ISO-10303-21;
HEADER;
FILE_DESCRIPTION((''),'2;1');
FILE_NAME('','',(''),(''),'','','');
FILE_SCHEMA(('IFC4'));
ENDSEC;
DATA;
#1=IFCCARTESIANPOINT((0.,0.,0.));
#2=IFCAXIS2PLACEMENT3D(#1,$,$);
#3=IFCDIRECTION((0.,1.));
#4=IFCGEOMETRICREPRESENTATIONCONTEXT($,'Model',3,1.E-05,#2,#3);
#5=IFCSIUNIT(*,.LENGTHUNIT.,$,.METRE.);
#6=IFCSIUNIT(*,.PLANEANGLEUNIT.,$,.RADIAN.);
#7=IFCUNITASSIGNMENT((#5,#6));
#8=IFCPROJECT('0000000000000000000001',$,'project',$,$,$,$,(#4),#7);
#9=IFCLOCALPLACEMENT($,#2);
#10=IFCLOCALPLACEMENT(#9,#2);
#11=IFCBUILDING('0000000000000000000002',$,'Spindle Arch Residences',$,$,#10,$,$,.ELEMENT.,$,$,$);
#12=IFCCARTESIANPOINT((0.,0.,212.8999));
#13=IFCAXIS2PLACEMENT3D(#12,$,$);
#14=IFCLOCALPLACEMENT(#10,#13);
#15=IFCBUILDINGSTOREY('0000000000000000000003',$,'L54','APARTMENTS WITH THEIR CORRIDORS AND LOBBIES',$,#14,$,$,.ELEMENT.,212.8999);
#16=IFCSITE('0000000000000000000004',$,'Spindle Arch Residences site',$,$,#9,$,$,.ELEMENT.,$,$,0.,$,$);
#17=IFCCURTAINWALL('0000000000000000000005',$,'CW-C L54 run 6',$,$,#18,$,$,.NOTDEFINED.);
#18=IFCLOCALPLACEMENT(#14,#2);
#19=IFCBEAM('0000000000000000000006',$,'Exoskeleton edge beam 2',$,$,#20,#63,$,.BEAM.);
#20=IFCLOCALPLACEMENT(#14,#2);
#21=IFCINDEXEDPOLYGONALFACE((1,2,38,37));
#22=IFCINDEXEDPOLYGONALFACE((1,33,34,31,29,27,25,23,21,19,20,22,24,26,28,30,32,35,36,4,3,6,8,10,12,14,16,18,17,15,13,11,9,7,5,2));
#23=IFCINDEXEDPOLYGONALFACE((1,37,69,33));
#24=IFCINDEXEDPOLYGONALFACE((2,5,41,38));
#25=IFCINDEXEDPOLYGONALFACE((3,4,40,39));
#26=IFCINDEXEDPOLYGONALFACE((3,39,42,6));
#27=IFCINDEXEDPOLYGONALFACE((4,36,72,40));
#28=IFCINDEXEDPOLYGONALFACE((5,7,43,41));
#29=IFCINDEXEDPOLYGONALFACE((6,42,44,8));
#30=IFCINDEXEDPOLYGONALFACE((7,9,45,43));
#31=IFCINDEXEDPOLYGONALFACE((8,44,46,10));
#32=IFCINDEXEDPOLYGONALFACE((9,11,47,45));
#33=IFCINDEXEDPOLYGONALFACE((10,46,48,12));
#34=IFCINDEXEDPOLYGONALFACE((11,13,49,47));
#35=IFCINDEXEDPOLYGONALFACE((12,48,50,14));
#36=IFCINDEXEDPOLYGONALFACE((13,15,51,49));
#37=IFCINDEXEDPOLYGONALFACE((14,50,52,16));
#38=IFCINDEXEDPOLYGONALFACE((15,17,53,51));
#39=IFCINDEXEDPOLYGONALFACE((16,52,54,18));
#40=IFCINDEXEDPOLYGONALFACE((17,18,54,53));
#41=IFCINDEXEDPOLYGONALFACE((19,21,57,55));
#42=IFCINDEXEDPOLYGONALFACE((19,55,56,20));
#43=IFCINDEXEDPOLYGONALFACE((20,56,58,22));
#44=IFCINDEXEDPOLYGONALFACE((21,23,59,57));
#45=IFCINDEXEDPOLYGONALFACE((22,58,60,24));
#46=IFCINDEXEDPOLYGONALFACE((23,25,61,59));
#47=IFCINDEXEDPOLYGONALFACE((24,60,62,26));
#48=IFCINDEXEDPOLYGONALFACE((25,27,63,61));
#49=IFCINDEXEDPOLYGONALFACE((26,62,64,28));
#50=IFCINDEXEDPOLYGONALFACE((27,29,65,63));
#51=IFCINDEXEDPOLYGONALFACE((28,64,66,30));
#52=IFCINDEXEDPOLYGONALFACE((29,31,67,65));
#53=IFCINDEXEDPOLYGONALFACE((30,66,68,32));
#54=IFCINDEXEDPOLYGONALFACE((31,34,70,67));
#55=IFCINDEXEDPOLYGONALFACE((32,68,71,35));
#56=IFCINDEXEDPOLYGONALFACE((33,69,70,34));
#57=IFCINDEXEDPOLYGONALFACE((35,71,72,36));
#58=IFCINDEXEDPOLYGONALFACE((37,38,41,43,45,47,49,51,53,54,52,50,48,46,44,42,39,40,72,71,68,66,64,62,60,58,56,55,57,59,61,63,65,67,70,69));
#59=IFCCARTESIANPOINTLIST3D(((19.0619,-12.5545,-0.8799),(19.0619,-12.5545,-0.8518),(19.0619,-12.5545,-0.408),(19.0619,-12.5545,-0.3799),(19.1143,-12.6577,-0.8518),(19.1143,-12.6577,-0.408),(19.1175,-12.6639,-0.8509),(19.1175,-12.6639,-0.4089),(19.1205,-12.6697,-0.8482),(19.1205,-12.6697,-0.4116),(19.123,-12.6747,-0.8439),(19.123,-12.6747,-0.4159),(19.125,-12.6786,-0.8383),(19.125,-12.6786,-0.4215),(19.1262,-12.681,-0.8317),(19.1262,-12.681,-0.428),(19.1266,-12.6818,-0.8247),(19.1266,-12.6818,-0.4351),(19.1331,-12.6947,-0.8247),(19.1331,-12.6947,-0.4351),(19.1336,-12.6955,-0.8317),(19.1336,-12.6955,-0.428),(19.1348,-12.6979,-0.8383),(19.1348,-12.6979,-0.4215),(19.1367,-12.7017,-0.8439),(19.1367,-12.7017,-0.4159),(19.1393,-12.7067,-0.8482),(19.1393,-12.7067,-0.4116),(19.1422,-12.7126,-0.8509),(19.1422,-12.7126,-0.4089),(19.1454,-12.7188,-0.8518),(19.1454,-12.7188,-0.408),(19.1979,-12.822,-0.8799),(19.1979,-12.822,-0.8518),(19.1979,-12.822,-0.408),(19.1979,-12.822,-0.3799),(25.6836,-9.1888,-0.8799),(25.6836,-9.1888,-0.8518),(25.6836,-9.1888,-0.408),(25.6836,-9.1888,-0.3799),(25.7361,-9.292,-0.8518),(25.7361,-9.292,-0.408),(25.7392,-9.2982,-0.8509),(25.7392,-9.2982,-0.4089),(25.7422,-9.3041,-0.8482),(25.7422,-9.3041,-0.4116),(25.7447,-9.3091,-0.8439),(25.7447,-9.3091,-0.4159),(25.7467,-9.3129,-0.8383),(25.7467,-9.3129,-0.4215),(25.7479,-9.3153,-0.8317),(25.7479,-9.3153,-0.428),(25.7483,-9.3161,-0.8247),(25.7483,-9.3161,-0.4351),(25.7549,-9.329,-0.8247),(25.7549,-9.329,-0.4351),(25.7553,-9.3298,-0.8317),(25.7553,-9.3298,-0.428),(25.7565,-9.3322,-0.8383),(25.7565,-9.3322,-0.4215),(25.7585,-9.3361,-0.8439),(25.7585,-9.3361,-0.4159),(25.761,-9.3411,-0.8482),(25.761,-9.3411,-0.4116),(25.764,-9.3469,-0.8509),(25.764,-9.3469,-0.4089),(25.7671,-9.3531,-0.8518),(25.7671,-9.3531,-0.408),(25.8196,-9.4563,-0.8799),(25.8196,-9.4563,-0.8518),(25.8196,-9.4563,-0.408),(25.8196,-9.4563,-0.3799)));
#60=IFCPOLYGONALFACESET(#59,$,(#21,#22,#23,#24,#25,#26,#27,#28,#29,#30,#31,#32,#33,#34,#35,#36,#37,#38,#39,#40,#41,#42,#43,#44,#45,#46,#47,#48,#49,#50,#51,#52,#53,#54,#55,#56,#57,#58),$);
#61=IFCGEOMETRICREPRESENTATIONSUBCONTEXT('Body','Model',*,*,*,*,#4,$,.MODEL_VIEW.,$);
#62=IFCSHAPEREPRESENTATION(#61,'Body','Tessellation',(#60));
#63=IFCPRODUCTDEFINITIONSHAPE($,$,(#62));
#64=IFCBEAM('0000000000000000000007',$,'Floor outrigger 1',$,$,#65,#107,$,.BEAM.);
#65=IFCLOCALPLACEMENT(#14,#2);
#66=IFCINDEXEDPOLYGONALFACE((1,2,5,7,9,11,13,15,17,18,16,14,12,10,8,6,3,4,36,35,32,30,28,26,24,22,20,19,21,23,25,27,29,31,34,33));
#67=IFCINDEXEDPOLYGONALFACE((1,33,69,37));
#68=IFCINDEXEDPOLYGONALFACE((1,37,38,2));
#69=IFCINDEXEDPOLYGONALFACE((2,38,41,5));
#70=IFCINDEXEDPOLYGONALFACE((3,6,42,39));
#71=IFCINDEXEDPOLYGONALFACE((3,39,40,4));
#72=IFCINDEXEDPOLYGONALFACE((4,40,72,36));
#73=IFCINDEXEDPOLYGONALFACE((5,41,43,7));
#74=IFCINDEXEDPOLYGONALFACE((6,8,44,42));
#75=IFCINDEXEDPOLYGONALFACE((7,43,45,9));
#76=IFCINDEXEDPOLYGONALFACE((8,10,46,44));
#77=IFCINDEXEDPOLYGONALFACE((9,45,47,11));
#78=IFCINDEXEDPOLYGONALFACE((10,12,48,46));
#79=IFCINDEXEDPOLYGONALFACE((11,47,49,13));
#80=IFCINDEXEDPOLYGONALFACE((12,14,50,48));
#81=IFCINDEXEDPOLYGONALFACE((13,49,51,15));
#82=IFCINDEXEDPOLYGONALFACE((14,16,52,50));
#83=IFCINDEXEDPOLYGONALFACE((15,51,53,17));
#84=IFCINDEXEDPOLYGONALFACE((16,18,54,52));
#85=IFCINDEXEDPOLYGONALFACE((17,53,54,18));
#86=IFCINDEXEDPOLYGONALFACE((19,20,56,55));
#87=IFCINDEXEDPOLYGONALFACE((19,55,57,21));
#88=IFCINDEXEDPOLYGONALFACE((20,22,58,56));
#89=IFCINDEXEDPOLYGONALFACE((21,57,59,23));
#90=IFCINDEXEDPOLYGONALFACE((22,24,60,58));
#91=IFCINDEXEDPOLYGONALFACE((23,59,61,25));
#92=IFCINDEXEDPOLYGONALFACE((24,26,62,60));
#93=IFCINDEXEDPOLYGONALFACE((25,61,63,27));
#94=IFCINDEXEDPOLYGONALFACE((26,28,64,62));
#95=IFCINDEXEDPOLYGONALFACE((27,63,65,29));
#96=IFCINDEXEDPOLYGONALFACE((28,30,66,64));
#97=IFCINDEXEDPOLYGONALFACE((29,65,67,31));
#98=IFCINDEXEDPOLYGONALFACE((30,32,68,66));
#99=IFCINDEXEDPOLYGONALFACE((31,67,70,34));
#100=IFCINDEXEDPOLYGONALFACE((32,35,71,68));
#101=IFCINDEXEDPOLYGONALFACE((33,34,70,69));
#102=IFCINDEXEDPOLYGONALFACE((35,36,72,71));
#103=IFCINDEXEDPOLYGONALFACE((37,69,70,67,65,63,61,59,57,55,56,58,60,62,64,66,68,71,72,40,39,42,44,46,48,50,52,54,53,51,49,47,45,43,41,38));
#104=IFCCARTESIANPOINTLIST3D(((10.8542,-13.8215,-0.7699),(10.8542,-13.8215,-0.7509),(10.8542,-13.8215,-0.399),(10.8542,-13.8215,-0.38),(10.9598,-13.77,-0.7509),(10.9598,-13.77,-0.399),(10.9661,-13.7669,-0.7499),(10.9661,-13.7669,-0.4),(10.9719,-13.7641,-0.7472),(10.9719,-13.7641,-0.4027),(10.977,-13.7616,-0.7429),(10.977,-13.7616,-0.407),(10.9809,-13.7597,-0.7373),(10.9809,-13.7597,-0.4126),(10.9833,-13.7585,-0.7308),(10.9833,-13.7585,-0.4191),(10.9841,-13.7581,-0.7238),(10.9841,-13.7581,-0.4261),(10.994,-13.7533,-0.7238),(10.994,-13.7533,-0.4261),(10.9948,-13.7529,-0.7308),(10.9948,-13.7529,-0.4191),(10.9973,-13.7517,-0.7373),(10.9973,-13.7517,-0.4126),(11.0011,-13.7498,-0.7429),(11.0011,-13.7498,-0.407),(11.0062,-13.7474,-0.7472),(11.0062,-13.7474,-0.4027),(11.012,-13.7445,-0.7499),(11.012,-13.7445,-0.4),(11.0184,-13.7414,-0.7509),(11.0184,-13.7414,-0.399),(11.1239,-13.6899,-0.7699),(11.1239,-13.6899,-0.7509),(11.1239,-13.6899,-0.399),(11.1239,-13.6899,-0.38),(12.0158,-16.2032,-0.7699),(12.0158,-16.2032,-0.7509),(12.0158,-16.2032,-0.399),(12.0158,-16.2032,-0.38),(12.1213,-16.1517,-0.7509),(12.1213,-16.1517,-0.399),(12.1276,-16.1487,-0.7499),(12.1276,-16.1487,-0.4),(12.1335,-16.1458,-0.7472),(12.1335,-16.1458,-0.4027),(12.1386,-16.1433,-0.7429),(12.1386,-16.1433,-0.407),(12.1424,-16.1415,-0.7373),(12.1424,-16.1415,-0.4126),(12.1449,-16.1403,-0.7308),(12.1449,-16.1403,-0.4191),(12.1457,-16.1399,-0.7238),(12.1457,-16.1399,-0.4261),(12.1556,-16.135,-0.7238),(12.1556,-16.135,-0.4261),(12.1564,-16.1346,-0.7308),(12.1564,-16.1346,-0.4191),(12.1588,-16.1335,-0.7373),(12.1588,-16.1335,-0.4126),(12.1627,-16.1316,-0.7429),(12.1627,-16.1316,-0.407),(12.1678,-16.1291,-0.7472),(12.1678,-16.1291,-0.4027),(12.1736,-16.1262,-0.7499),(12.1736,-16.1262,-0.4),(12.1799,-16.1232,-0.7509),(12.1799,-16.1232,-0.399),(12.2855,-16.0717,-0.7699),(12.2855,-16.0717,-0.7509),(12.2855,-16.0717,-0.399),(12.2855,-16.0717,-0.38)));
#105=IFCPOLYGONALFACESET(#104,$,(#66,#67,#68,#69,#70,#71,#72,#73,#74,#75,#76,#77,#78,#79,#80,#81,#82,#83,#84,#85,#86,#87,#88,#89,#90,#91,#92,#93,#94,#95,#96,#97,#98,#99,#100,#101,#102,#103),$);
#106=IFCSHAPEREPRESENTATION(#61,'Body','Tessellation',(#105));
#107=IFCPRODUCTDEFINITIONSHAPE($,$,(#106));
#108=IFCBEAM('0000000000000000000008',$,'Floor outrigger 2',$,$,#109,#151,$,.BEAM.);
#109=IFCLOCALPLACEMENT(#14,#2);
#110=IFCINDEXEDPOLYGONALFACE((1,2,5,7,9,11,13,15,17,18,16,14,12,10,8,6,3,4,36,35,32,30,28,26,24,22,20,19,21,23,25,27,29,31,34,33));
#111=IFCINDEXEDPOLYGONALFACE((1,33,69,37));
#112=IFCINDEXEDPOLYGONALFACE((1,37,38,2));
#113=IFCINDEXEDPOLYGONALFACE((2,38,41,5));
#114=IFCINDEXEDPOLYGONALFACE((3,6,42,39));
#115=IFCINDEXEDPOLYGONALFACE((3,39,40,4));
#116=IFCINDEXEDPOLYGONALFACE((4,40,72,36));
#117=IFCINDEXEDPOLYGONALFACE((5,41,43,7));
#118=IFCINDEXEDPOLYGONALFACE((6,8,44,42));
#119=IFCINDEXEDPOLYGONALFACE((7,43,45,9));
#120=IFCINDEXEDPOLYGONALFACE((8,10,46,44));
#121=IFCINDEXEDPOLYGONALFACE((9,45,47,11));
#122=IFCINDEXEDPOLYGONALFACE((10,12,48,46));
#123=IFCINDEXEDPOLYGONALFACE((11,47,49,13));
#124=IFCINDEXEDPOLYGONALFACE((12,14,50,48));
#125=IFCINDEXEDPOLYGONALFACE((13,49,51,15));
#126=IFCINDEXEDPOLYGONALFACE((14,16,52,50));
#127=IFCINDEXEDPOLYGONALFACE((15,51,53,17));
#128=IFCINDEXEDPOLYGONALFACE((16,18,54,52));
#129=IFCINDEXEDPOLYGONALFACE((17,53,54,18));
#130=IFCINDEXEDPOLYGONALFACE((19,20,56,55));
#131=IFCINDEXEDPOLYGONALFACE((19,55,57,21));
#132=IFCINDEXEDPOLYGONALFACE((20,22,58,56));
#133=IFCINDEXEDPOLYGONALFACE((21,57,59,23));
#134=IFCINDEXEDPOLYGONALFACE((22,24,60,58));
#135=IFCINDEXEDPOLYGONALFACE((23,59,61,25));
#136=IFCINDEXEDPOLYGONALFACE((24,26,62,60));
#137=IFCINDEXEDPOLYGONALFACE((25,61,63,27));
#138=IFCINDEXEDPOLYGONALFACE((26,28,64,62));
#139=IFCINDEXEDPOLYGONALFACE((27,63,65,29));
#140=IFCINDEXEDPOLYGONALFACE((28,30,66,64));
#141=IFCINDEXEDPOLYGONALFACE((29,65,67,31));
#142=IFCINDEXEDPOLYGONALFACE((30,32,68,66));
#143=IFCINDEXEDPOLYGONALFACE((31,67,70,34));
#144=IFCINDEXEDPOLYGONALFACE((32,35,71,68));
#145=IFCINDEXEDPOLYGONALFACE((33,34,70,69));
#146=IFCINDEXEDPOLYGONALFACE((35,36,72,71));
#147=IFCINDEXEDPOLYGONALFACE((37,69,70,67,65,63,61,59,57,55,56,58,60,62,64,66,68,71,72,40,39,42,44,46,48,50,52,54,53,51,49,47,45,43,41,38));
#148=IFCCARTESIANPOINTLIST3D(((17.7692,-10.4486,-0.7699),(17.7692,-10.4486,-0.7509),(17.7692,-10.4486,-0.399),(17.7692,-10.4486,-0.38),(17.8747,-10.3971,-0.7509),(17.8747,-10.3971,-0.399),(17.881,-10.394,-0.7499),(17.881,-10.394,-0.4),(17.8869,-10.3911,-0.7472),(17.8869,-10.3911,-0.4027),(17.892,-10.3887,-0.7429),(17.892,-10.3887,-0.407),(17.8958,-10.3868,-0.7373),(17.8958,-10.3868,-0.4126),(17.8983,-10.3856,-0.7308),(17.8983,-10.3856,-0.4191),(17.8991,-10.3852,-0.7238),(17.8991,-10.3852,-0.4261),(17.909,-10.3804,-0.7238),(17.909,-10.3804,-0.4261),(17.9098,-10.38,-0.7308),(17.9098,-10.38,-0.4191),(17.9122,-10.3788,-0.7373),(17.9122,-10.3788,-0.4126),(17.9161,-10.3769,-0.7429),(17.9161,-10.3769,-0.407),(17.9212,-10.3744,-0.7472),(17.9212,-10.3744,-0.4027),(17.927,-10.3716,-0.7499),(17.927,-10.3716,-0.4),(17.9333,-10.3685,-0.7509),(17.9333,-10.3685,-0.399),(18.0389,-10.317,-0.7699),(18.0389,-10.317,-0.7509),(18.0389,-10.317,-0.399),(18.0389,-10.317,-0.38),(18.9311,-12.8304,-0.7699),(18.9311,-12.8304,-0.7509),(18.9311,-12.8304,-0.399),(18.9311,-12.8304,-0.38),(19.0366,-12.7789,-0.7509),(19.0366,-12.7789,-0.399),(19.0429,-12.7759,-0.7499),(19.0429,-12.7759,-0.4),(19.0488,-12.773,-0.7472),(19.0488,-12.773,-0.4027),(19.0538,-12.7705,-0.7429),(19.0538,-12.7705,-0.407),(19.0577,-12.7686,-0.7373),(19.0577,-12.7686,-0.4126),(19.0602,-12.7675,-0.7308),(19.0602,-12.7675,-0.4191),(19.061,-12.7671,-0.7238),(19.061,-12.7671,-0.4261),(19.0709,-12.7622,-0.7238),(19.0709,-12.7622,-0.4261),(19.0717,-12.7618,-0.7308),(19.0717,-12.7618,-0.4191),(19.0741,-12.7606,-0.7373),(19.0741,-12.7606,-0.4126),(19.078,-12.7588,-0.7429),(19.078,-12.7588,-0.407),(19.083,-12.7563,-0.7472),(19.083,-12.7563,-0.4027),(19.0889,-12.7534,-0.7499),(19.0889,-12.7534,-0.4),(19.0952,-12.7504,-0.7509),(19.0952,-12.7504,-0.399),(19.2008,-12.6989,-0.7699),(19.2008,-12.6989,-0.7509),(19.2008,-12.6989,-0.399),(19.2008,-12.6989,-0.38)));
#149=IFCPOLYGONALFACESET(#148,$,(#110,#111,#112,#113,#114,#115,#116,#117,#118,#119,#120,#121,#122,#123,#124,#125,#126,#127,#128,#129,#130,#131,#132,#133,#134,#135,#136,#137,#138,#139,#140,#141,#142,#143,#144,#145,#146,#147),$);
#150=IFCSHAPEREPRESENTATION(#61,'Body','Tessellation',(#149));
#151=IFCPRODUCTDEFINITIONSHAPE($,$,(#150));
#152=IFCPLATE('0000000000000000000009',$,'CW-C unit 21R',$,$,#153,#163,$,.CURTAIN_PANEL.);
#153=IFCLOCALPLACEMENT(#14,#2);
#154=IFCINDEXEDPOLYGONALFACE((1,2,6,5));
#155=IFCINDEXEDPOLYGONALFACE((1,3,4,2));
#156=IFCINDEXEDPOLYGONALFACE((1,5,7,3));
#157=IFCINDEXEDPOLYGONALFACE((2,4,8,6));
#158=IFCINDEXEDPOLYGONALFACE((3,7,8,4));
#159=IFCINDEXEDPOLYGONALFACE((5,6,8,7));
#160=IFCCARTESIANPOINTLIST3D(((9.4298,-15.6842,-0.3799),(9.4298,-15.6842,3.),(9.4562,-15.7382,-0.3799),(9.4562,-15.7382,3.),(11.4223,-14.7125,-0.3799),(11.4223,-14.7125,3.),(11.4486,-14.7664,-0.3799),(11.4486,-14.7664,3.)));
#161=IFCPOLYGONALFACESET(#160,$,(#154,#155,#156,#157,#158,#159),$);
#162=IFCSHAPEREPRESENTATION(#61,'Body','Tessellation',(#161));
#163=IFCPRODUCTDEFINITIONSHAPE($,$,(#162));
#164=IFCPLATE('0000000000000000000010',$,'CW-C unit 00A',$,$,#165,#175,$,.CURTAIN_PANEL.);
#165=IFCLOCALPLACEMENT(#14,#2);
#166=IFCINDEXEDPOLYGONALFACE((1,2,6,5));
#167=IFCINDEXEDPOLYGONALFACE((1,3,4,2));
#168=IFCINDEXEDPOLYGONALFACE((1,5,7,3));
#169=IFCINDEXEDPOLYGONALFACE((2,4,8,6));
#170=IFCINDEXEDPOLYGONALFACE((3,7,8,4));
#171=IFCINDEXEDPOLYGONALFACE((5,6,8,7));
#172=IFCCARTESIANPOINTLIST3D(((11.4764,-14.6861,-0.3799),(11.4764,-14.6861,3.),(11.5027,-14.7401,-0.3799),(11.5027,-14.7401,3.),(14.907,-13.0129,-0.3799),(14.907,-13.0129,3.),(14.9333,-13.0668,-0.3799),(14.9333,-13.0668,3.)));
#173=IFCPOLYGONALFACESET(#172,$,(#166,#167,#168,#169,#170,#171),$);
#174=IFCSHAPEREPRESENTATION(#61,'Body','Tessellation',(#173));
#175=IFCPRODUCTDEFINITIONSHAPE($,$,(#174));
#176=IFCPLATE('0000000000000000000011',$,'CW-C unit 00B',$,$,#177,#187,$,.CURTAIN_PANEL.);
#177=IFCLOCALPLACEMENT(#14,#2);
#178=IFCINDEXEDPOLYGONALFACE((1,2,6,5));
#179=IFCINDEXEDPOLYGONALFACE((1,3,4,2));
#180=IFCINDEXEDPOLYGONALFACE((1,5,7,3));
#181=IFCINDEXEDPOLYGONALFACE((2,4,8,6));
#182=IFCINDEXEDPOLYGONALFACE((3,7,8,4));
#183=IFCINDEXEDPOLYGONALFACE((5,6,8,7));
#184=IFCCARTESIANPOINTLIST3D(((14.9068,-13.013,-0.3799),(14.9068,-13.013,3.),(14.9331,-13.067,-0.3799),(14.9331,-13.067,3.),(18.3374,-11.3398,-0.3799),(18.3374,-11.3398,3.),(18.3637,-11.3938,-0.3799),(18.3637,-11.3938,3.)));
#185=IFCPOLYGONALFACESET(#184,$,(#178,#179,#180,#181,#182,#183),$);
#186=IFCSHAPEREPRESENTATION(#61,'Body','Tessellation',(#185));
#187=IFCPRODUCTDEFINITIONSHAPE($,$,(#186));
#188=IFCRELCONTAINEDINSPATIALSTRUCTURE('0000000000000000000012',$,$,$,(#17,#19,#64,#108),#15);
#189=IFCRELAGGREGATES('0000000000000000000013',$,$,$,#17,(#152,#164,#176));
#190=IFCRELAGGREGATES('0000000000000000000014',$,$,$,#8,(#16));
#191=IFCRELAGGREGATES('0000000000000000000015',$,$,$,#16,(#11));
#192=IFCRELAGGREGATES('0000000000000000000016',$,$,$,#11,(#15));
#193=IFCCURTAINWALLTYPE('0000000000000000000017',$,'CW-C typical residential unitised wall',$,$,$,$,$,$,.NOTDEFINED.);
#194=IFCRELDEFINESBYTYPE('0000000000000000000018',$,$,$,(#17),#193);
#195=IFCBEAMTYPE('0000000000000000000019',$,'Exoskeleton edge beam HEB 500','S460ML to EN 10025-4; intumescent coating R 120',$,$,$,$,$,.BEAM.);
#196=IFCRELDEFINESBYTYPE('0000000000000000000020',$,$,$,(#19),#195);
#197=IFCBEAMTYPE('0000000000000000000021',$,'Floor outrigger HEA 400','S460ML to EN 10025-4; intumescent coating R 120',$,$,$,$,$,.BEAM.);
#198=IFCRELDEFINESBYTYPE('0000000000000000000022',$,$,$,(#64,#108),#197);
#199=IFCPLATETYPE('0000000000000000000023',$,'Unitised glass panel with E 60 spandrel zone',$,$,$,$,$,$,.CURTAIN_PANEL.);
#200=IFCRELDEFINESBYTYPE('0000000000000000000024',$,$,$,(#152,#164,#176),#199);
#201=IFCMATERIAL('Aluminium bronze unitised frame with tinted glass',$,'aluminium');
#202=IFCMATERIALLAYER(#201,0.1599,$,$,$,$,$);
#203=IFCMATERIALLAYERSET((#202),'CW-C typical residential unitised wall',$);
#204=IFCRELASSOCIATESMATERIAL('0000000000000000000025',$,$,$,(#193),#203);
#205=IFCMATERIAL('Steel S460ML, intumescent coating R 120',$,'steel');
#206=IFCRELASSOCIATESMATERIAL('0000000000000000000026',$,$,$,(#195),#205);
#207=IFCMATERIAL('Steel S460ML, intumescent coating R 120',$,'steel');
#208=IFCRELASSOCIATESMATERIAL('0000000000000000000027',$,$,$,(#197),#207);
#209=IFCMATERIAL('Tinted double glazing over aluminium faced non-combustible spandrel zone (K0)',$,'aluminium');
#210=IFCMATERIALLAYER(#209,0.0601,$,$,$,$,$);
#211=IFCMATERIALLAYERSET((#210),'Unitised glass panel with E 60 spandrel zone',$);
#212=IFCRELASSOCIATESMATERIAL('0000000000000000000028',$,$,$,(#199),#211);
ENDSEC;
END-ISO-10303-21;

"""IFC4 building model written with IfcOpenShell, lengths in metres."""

from ifc_helpers import new_model, si_unit, direction, frame, origin, origin_2d, place, context, subcontext, project, spatial, rectangle, i_section, extrude, material, layer, layer_set, material_profile, profile_set, type_object, element, aggregate, save


model = new_model("IFC4")

# Units and contexts
model_context = context("Model", 3, precision=1e-05, world=origin(), true_north=direction((0.0, 1.0)))
body_context = subcontext(model_context, "Body", "Model", "MODEL_VIEW")
ifc_project = project(units=[si_unit("LENGTHUNIT", "METRE"), si_unit("PLANEANGLEUNIT", "RADIAN")], contexts=[model_context])

# Site, building, storey
site_placement = place(None, origin())
site = spatial("IfcSite", under=ifc_project, at=site_placement, Name="Spindle Arch Residences site", CompositionType="ELEMENT", RefElevation=0.0)
building_placement = place(site_placement, origin())
building = spatial("IfcBuilding", under=site, at=building_placement, Name="Spindle Arch Residences", CompositionType="ELEMENT")
storey_placement = place(building_placement, frame((0.0, 0.0, 212.8999)))
storey = spatial("IfcBuildingStorey", under=building, at=storey_placement, Name="L54", Description="APARTMENTS WITH THEIR CORRIDORS AND LOBBIES", CompositionType="ELEMENT", Elevation=212.8999)

# Curtain wall
ifc_material_1 = material(Name="Aluminium bronze unitised frame with tinted glass", Category="aluminium")
ifc_layer_1 = layer(ifc_material_1, 0.1599)
ifc_layer_set_1 = layer_set([ifc_layer_1], Name="CW-C typical residential unitised wall")
curtain_wall_type_1 = type_object("IfcCurtainWallType", Name="CW-C typical residential unitised wall", PredefinedType="NOTDEFINED", material=ifc_layer_set_1)
curtain_wall_1_placement = place(storey_placement, origin())
curtain_wall_1 = element("IfcCurtainWall", 1, at=curtain_wall_1_placement, inside=storey, type_object=curtain_wall_type_1, Name="CW-C L54 run 6", PredefinedType="NOTDEFINED")

# Beams
ifc_material_2 = material(Name="Steel S460ML, intumescent coating R 120", Category="steel")
ifc_material_profile_1 = material_profile(ifc_material_2, i_section(OverallWidth=0.3, OverallDepth=0.5, WebThickness=0.0144, FlangeThickness=0.0281, FilletRadius=0.0271, at=origin_2d()), Name="HEB 500")
ifc_profile_set_1 = profile_set([ifc_material_profile_1], Name="Steel S460ML, intumescent coating R 120")
beam_type_1 = type_object("IfcBeamType", Name="Exoskeleton edge beam HEB 500", Description="S460ML to EN 10025-4; intumescent coating R 120", PredefinedType="BEAM", material=ifc_profile_set_1)
beam_1_placement = place(storey_placement, frame((19.1299, -12.6882, -0.6299), z_axis=(0.891456, 0.453107, 0.0), x_axis=(-0.453107, 0.891456, 0.0)))
element("IfcBeam", 2, at=beam_1_placement, inside=storey, type_object=beam_type_1, Name="Exoskeleton edge beam 2", PredefinedType="BEAM", context=body_context, shape_type="SweptSolid", body=[
    extrude(i_section(OverallWidth=0.3, OverallDepth=0.5, WebThickness=0.0144, FlangeThickness=0.0281, FilletRadius=0.0271, at=origin_2d()), origin(), (0.0, 0.0, 1.0), 7.428),
])
ifc_material_3 = material(Name="Steel S460ML, intumescent coating R 120", Category="steel")
ifc_material_profile_2 = material_profile(ifc_material_3, i_section(OverallWidth=0.3, OverallDepth=0.3899, WebThickness=0.011, FlangeThickness=0.019, FilletRadius=0.0271, at=origin_2d()), Name="HEA 400")
ifc_profile_set_2 = profile_set([ifc_material_profile_2], Name="Steel S460ML, intumescent coating R 120")
beam_type_2 = type_object("IfcBeamType", Name="Floor outrigger HEA 400", Description="S460ML to EN 10025-4; intumescent coating R 120", PredefinedType="BEAM", material=ifc_profile_set_2)
beam_2_placement = place(storey_placement, frame((12.1506, -16.1375, -0.575), z_axis=(-0.438347, 0.898806, 0.0), x_axis=(-0.898806, -0.438347, 0.0)))
element("IfcBeam", 3, at=beam_2_placement, inside=storey, type_object=beam_type_2, Name="Floor outrigger 1", PredefinedType="BEAM", context=body_context, shape_type="SweptSolid", body=[
    extrude(i_section(OverallWidth=0.3, OverallDepth=0.3899, WebThickness=0.011, FlangeThickness=0.019, FilletRadius=0.0271, at=origin_2d()), origin(), (0.0, 0.0, 1.0), 2.6499),
])
beam_3_placement = place(storey_placement, frame((19.0659, -12.7646, -0.575), z_axis=(-0.438422, 0.898769, 0.0), x_axis=(-0.898769, -0.438422, 0.0)))
element("IfcBeam", 4, at=beam_3_placement, inside=storey, type_object=beam_type_2, Name="Floor outrigger 2", PredefinedType="BEAM", context=body_context, shape_type="SweptSolid", body=[
    extrude(i_section(OverallWidth=0.3, OverallDepth=0.3899, WebThickness=0.011, FlangeThickness=0.019, FilletRadius=0.0271, at=origin_2d()), origin(), (0.0, 0.0, 1.0), 2.6501),
])

# Plates
ifc_material_4 = material(Name="Tinted double glazing over aluminium faced non-combustible spandrel zone (K0)", Category="aluminium")
ifc_layer_2 = layer(ifc_material_4, 0.0601)
ifc_layer_set_2 = layer_set([ifc_layer_2], Name="Unitised glass panel with E 60 spandrel zone")
plate_type = type_object("IfcPlateType", Name="Unitised glass panel with E 60 spandrel zone", PredefinedType="CURTAIN_PANEL", material=ifc_layer_set_2)
plate_1_placement = place(storey_placement, frame((10.4392, -15.2253, -0.3799), z_axis=(0.0, 0.0, 1.0), x_axis=(0.898794, 0.438371, 0.0)))
plate_1 = element("IfcPlate", 5, at=plate_1_placement, type_object=plate_type, Name="CW-C unit 21R", PredefinedType="CURTAIN_PANEL", context=body_context, shape_type="SweptSolid", body=[
    extrude(rectangle(XDim=2.2168, YDim=0.0601, at=origin_2d()), origin(), (0.0, 0.0, 1.0), 3.3799),
])
plate_2_placement = place(storey_placement, frame((13.2048, -13.8765, -0.3799), z_axis=(0.0, 0.0, 1.0), x_axis=(0.898794, 0.438371, 0.0)))
plate_2 = element("IfcPlate", 6, at=plate_2_placement, type_object=plate_type, Name="CW-C unit 00A", PredefinedType="CURTAIN_PANEL", context=body_context, shape_type="SweptSolid", body=[
    extrude(rectangle(XDim=3.8169, YDim=0.0601, at=origin_2d()), origin(), (0.0, 0.0, 1.0), 3.3799),
])
plate_3_placement = place(storey_placement, frame((16.6353, -12.2034, -0.3799), z_axis=(0.0, 0.0, 1.0), x_axis=(0.898794, 0.438371, 0.0)))
plate_3 = element("IfcPlate", 7, at=plate_3_placement, type_object=plate_type, Name="CW-C unit 00B", PredefinedType="CURTAIN_PANEL", context=body_context, shape_type="SweptSolid", body=[
    extrude(rectangle(XDim=3.8169, YDim=0.0601, at=origin_2d()), origin(), (0.0, 0.0, 1.0), 3.3799),
])
aggregate(curtain_wall_1, [plate_1, plate_2, plate_3])

save(model, "model.ifc")
